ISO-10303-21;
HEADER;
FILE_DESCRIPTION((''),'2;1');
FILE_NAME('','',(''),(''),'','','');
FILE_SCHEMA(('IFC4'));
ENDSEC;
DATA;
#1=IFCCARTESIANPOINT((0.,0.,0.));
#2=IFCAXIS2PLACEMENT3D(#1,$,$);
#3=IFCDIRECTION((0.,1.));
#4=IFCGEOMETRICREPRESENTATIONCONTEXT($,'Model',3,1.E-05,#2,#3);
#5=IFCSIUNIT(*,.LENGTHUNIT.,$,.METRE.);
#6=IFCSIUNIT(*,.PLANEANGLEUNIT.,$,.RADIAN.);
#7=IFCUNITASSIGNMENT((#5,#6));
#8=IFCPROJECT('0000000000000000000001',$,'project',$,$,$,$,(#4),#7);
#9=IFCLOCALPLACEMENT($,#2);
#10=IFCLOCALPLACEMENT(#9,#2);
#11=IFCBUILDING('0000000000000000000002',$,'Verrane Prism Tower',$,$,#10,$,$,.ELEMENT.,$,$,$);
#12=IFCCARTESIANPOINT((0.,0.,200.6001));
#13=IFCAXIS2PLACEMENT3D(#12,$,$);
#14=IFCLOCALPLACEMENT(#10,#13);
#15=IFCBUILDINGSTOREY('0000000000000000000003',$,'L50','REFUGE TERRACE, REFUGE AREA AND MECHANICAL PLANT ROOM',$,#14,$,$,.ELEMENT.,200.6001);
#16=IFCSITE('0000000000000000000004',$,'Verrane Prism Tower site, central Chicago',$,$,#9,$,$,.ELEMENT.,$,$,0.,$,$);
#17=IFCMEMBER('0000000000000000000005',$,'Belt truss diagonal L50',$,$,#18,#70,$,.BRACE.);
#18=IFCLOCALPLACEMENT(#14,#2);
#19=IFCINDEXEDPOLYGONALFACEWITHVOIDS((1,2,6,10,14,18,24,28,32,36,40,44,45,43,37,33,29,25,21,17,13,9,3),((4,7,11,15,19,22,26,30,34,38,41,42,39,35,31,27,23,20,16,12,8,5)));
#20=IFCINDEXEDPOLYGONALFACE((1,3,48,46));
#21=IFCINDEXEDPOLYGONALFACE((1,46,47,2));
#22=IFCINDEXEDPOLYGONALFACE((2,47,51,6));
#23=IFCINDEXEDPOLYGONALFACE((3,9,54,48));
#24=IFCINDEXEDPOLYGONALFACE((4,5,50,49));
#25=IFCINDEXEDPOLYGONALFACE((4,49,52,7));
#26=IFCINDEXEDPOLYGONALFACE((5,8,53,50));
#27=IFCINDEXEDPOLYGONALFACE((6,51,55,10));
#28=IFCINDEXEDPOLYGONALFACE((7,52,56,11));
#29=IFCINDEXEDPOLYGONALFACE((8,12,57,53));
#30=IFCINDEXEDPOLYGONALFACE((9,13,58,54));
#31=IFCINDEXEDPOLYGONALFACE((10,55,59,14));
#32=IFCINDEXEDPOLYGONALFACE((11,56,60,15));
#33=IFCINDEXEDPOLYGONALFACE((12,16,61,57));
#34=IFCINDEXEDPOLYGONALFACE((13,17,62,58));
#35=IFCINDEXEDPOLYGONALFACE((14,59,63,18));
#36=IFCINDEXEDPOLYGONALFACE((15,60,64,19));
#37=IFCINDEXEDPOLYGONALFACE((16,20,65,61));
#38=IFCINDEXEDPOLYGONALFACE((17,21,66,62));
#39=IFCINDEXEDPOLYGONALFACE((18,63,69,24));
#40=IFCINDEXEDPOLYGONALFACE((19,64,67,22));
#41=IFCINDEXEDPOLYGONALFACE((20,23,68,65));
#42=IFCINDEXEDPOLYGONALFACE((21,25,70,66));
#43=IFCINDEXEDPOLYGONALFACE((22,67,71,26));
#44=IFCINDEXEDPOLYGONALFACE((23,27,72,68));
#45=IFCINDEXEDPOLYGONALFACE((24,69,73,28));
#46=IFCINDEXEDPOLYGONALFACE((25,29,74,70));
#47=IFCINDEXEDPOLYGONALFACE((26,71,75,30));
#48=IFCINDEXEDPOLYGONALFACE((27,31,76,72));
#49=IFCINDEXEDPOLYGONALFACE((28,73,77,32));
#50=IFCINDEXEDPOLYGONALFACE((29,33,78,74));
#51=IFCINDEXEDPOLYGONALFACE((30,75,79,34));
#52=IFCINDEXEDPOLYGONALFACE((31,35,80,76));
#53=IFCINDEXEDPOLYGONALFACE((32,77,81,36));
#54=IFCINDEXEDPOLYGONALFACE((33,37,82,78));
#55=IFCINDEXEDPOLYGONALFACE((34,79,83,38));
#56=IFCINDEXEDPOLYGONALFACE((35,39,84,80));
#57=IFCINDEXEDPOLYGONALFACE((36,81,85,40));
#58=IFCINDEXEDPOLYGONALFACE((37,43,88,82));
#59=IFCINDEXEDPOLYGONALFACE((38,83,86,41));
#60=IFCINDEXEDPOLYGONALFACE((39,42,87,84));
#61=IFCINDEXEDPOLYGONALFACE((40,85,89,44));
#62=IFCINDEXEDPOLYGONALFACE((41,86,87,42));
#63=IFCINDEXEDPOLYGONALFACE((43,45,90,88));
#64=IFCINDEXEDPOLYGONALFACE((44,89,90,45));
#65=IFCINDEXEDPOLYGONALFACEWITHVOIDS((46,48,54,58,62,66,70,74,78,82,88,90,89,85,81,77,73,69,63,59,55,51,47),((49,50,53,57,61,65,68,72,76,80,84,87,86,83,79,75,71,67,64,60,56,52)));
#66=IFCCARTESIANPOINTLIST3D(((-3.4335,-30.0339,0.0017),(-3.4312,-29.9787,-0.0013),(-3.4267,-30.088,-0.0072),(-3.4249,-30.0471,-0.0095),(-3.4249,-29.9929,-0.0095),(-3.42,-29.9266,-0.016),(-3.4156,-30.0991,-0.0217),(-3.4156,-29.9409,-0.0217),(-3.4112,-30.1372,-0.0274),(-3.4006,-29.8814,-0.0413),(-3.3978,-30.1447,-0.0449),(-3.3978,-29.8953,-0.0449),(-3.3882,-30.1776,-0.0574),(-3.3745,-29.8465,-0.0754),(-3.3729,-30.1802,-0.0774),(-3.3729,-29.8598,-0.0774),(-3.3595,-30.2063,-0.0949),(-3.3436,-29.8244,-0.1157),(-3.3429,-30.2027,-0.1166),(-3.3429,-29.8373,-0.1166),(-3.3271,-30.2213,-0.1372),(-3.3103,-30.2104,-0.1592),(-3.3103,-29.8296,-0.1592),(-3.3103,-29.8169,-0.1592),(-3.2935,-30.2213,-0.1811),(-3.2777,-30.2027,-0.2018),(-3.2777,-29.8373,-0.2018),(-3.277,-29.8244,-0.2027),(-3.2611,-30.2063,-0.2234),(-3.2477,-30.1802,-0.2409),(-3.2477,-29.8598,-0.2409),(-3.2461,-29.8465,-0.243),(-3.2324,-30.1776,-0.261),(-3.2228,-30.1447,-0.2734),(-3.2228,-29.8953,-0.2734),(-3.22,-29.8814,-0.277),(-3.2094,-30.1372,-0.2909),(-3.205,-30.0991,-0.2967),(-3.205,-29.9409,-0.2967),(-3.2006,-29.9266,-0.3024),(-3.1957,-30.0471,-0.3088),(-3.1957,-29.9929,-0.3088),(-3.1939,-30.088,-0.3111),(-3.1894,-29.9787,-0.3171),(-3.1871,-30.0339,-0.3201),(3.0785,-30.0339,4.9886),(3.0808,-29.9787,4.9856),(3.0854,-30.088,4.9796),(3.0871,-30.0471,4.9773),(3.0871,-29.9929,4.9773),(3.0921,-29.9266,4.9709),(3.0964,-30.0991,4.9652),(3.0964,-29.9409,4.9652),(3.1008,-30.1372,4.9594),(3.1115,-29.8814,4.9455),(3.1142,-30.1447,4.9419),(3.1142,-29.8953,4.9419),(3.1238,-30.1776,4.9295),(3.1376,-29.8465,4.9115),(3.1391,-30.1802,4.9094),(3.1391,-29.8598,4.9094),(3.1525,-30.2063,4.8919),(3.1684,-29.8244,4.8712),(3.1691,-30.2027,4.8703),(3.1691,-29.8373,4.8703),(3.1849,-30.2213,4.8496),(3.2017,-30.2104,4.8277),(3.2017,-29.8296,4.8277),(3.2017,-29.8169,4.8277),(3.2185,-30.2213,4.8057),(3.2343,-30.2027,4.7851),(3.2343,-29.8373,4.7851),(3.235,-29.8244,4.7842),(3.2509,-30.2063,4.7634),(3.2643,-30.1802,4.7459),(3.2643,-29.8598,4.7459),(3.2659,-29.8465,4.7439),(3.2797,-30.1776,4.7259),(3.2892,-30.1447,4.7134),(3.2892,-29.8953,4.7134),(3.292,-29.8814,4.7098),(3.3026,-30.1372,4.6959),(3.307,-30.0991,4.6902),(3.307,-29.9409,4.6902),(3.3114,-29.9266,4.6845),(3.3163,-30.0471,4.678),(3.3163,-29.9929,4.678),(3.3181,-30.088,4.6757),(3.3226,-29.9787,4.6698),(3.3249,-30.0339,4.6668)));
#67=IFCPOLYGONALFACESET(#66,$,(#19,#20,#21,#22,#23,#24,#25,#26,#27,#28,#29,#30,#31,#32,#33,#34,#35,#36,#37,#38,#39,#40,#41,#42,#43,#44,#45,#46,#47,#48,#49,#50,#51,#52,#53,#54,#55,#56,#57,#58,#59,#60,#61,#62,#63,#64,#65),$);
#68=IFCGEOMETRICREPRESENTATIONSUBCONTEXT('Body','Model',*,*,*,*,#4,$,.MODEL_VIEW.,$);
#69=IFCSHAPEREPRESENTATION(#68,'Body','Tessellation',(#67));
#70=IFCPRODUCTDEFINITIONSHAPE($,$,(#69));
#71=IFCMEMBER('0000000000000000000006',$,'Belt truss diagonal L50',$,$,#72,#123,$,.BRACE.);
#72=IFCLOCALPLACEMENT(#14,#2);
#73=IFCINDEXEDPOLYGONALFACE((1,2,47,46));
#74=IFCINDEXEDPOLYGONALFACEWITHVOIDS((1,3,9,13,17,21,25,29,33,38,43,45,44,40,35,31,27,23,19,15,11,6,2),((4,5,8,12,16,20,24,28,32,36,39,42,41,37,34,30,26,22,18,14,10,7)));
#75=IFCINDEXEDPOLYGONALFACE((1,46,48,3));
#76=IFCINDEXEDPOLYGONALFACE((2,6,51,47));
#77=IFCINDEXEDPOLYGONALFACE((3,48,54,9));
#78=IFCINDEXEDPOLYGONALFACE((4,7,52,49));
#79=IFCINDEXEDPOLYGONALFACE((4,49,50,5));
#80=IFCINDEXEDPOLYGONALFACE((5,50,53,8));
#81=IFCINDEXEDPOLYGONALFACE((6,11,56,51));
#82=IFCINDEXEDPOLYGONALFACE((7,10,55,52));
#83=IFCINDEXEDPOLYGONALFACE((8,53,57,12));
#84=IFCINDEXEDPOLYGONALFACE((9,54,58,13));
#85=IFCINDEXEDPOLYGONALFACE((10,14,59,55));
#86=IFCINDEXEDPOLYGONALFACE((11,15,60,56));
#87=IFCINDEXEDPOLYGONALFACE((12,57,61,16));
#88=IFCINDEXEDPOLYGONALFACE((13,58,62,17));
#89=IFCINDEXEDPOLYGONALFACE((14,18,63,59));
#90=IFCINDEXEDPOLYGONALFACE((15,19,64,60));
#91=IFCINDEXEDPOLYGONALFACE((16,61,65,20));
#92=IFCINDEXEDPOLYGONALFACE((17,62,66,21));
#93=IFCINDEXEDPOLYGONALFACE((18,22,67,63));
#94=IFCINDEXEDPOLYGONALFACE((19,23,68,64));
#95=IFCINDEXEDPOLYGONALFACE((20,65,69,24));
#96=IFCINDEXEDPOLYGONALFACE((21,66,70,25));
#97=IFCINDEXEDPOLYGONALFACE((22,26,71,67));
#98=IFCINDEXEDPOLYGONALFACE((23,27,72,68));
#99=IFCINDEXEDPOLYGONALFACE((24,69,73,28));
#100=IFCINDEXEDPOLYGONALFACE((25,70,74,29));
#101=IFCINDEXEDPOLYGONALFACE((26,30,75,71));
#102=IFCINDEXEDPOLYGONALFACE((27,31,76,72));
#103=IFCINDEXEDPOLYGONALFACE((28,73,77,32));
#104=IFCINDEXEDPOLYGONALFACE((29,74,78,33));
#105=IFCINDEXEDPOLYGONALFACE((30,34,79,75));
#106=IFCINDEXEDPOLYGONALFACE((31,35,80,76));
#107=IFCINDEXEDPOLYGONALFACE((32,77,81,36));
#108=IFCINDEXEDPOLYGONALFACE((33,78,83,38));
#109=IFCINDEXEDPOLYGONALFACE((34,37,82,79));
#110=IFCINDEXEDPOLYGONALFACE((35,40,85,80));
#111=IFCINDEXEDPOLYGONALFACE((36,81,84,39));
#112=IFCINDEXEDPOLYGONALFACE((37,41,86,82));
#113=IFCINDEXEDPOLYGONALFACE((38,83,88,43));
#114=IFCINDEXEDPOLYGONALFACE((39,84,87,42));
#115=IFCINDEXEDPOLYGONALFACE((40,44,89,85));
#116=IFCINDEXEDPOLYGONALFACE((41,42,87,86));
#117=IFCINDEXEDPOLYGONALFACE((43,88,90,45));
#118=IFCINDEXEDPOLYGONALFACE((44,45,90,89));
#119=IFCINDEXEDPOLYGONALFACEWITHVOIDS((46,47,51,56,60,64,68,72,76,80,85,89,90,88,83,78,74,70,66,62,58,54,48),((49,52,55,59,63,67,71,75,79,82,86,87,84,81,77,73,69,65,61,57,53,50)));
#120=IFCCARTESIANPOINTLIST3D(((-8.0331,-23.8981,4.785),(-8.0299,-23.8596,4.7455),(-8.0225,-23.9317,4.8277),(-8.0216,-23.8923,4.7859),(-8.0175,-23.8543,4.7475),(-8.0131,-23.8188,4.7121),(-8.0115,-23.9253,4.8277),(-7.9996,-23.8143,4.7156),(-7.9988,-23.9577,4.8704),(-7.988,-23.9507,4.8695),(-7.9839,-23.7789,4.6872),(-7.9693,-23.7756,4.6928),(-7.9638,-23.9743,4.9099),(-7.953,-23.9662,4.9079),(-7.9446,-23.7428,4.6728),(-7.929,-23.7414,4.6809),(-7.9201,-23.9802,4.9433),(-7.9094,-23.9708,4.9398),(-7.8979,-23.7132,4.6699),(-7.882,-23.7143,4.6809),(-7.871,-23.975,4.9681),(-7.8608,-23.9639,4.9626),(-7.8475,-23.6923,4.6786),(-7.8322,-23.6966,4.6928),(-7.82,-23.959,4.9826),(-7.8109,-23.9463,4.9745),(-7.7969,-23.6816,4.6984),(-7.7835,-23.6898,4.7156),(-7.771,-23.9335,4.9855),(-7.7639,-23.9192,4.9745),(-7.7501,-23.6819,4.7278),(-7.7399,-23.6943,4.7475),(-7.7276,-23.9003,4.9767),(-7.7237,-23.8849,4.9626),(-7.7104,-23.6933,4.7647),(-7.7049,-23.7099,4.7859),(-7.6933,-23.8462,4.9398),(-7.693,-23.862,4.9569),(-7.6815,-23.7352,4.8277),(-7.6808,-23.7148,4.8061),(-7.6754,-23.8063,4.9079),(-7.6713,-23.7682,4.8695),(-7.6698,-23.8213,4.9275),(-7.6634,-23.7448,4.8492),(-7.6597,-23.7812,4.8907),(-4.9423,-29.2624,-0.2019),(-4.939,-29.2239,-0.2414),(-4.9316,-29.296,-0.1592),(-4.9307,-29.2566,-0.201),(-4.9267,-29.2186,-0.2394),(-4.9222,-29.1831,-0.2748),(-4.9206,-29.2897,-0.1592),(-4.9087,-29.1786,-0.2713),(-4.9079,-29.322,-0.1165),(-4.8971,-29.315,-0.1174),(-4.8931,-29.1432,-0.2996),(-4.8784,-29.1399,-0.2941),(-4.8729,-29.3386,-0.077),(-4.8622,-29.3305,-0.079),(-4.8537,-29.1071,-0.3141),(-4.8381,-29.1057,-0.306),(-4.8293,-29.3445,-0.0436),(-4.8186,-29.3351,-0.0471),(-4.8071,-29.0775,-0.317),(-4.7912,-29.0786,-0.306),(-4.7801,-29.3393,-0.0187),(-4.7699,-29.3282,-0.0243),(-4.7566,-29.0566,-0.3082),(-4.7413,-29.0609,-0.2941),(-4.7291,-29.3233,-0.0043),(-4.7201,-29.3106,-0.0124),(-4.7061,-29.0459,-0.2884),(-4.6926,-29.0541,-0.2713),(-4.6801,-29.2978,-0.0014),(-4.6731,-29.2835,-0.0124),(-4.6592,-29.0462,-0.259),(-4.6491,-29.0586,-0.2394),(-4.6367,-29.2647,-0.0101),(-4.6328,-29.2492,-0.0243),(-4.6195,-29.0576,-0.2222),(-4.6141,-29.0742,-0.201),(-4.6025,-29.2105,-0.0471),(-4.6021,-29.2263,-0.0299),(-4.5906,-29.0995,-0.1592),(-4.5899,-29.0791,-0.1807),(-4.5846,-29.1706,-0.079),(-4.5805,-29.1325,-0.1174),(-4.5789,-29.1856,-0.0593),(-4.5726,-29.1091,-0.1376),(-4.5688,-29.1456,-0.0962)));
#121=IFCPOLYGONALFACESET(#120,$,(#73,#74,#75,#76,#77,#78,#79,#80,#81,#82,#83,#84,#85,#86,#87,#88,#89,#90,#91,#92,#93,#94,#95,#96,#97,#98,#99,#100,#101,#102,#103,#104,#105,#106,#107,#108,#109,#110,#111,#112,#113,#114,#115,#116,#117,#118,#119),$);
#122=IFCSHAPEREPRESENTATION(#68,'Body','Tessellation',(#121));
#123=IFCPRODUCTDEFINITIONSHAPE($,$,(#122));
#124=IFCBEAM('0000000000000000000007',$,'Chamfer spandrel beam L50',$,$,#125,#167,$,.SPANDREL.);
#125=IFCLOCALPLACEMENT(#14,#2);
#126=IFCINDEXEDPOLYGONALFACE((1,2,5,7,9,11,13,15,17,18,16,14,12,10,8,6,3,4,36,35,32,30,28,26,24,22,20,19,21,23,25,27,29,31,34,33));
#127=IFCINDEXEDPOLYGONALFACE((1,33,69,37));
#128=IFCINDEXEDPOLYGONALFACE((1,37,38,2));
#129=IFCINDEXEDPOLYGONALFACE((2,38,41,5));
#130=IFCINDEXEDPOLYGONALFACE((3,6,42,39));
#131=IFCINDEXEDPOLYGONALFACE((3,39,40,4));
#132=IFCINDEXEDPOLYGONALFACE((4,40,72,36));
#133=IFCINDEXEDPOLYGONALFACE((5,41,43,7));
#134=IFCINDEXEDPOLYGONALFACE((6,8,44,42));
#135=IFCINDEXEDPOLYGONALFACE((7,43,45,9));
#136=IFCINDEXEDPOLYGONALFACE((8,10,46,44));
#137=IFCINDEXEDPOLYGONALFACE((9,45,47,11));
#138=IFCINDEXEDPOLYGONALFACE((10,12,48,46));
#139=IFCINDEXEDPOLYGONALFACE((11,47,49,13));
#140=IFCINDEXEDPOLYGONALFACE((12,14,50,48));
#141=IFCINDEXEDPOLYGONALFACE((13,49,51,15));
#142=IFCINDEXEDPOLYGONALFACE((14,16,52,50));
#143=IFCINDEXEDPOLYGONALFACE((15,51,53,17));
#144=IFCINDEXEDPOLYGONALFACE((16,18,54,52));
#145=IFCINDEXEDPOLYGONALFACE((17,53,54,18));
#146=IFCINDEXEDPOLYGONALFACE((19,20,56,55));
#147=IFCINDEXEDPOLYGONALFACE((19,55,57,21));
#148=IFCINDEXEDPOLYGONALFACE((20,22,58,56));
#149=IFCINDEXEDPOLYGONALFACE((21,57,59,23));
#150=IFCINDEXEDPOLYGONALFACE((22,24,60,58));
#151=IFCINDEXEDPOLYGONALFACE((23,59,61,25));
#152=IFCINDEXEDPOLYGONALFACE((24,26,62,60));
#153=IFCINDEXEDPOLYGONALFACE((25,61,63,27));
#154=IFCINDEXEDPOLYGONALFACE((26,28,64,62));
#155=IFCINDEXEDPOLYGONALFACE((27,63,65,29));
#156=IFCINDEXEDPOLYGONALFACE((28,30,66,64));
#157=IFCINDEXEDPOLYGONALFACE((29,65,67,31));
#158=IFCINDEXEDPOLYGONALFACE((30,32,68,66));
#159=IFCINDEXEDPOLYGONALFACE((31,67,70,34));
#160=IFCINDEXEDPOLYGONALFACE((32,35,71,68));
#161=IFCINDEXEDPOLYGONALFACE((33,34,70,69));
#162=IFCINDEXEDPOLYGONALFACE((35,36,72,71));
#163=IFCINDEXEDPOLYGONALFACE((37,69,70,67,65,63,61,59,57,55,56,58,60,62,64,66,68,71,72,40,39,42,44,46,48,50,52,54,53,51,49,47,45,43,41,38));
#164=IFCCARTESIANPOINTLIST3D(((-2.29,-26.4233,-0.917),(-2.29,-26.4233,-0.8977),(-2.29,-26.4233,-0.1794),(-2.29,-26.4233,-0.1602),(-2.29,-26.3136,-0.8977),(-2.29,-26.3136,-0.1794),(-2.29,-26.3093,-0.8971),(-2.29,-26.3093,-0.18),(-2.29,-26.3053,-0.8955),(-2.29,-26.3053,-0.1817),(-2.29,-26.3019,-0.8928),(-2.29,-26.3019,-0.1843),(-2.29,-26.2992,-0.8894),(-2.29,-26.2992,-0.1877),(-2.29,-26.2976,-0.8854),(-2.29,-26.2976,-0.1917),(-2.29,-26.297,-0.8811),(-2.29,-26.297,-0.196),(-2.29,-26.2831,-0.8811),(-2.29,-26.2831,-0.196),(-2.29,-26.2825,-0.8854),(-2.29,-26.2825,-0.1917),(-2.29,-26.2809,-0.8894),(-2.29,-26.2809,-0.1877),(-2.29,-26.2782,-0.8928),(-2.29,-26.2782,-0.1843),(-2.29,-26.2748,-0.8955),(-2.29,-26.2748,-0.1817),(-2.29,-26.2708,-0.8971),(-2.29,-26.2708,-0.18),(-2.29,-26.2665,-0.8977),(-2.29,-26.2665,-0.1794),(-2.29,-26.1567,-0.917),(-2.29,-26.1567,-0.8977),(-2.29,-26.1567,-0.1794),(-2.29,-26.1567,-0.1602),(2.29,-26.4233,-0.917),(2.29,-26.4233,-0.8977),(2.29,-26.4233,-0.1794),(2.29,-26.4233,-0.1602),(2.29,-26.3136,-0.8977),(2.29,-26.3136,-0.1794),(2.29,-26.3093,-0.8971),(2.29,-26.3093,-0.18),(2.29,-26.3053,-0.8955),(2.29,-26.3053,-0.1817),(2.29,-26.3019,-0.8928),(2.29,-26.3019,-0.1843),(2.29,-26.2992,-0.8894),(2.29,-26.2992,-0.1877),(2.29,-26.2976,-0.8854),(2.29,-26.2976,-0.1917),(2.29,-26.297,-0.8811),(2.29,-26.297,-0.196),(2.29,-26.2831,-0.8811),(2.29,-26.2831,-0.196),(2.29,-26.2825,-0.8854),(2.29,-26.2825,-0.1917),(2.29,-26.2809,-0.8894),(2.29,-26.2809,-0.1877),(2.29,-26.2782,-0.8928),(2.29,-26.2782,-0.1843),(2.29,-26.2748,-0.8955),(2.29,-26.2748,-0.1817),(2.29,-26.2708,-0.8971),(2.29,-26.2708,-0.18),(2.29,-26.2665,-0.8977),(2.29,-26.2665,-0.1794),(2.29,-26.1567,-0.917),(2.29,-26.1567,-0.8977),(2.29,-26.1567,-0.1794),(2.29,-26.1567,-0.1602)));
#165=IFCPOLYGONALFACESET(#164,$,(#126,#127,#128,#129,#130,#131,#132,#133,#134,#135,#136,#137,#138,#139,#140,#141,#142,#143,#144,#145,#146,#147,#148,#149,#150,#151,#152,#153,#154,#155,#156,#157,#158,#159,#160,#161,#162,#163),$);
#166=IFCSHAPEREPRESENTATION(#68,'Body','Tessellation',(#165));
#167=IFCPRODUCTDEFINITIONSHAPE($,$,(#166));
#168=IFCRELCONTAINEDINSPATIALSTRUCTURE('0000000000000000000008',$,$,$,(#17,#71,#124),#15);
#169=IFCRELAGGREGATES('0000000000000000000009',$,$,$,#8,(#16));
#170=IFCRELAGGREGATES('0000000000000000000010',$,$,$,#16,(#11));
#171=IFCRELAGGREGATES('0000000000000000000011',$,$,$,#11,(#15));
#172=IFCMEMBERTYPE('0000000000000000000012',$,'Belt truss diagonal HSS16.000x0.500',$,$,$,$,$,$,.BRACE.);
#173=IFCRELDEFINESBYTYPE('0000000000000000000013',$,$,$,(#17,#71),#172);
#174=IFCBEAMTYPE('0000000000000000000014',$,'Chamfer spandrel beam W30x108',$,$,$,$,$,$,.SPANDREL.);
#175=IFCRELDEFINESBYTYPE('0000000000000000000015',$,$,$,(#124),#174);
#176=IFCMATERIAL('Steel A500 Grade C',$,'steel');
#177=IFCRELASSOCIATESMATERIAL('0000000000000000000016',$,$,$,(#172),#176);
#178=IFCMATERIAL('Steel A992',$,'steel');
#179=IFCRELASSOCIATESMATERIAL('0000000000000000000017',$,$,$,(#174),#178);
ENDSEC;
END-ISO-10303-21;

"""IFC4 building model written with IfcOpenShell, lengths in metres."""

from ifc_helpers import new_model, si_unit, direction, frame, origin, origin_2d, place, context, subcontext, project, spatial, hollow_circle, i_section, extrude, material, material_profile, profile_set, type_object, element, save


model = new_model("IFC4")

# Units and contexts
model_context = context("Model", 3, precision=1e-05, world=origin(), true_north=direction((0.0, 1.0)))
body_context = subcontext(model_context, "Body", "Model", "MODEL_VIEW")
ifc_project = project(units=[si_unit("LENGTHUNIT", "METRE"), si_unit("PLANEANGLEUNIT", "RADIAN")], contexts=[model_context])

# Site, building, storey
site_placement = place(None, origin())
site = spatial("IfcSite", under=ifc_project, at=site_placement, Name="Verrane Prism Tower site, central Chicago", CompositionType="ELEMENT", RefElevation=0.0)
building_placement = place(site_placement, origin())
building = spatial("IfcBuilding", under=site, at=building_placement, Name="Verrane Prism Tower", CompositionType="ELEMENT")
storey_placement = place(building_placement, frame((0.0, 0.0, 200.6001)))
storey = spatial("IfcBuildingStorey", under=building, at=storey_placement, Name="L50", Description="REFUGE TERRACE, REFUGE AREA AND MECHANICAL PLANT ROOM", CompositionType="ELEMENT", Elevation=200.6001)

# Members
ifc_material_1 = material(Name="Steel A500 Grade C", Category="steel")
ifc_material_profile_1 = material_profile(ifc_material_1, hollow_circle(Radius=0.2031, WallThickness=0.0127, at=origin_2d()), Name="HSS16.000x0.500")
ifc_profile_set_1 = profile_set([ifc_material_profile_1], Name="Steel A500 Grade C")
member_type_1 = type_object("IfcMemberType", Name="Belt truss diagonal HSS16.000x0.500", PredefinedType="BRACE", material=ifc_profile_set_1)
member_1_placement = place(storey_placement, frame((-3.3103, -30.02, -0.1592), z_axis=(0.793941, 0.0, 0.607995), x_axis=(0.0, 1.0, 0.0)))
element("IfcMember", 1, at=member_1_placement, inside=storey, type_object=member_type_1, Name="Belt truss diagonal L50", PredefinedType="BRACE", context=body_context, shape_type="SweptSolid", body=[
    extrude(hollow_circle(Radius=0.2031, WallThickness=0.0127, at=origin_2d()), origin(), (0.0, 0.0, 1.0), 8.2021),
])
member_2_placement = place(storey_placement, frame((-4.7556, -29.1946, -0.1592), z_axis=(-0.3888, 0.67478, 0.627301), x_axis=(-0.866461, -0.499244, 0.0)))
element("IfcMember", 2, at=member_2_placement, inside=storey, type_object=member_type_1, Name="Belt truss diagonal L50", PredefinedType="BRACE", context=body_context, shape_type="SweptSolid", body=[
    extrude(hollow_circle(Radius=0.2031, WallThickness=0.0127, at=origin_2d()), origin(), (0.0, 0.0, 1.0), 7.9497),
])

# Beam
ifc_material_2 = material(Name="Steel A992", Category="steel")
ifc_material_profile_2 = material_profile(ifc_material_2, i_section(OverallWidth=0.2666, OverallDepth=0.7568, WebThickness=0.0139, FlangeThickness=0.0193, FilletRadius=0.0166, at=origin_2d()), Name="W30x108")
ifc_profile_set_2 = profile_set([ifc_material_profile_2], Name="Steel A992")
beam_type_1 = type_object("IfcBeamType", Name="Chamfer spandrel beam W30x108", PredefinedType="SPANDREL", material=ifc_profile_set_2)
beam_1_placement = place(storey_placement, frame((-2.29, -26.29, -0.5386), z_axis=(1.0, 0.0, 0.0), x_axis=(0.0, 1.0, 0.0)))
element("IfcBeam", 3, at=beam_1_placement, inside=storey, type_object=beam_type_1, Name="Chamfer spandrel beam L50", PredefinedType="SPANDREL", context=body_context, shape_type="SweptSolid", body=[
    extrude(i_section(OverallWidth=0.2666, OverallDepth=0.7568, WebThickness=0.0139, FlangeThickness=0.0193, FilletRadius=0.0166, at=origin_2d()), origin(), (0.0, 0.0, 1.0), 4.5801),
])

save(model, "model.ifc")
